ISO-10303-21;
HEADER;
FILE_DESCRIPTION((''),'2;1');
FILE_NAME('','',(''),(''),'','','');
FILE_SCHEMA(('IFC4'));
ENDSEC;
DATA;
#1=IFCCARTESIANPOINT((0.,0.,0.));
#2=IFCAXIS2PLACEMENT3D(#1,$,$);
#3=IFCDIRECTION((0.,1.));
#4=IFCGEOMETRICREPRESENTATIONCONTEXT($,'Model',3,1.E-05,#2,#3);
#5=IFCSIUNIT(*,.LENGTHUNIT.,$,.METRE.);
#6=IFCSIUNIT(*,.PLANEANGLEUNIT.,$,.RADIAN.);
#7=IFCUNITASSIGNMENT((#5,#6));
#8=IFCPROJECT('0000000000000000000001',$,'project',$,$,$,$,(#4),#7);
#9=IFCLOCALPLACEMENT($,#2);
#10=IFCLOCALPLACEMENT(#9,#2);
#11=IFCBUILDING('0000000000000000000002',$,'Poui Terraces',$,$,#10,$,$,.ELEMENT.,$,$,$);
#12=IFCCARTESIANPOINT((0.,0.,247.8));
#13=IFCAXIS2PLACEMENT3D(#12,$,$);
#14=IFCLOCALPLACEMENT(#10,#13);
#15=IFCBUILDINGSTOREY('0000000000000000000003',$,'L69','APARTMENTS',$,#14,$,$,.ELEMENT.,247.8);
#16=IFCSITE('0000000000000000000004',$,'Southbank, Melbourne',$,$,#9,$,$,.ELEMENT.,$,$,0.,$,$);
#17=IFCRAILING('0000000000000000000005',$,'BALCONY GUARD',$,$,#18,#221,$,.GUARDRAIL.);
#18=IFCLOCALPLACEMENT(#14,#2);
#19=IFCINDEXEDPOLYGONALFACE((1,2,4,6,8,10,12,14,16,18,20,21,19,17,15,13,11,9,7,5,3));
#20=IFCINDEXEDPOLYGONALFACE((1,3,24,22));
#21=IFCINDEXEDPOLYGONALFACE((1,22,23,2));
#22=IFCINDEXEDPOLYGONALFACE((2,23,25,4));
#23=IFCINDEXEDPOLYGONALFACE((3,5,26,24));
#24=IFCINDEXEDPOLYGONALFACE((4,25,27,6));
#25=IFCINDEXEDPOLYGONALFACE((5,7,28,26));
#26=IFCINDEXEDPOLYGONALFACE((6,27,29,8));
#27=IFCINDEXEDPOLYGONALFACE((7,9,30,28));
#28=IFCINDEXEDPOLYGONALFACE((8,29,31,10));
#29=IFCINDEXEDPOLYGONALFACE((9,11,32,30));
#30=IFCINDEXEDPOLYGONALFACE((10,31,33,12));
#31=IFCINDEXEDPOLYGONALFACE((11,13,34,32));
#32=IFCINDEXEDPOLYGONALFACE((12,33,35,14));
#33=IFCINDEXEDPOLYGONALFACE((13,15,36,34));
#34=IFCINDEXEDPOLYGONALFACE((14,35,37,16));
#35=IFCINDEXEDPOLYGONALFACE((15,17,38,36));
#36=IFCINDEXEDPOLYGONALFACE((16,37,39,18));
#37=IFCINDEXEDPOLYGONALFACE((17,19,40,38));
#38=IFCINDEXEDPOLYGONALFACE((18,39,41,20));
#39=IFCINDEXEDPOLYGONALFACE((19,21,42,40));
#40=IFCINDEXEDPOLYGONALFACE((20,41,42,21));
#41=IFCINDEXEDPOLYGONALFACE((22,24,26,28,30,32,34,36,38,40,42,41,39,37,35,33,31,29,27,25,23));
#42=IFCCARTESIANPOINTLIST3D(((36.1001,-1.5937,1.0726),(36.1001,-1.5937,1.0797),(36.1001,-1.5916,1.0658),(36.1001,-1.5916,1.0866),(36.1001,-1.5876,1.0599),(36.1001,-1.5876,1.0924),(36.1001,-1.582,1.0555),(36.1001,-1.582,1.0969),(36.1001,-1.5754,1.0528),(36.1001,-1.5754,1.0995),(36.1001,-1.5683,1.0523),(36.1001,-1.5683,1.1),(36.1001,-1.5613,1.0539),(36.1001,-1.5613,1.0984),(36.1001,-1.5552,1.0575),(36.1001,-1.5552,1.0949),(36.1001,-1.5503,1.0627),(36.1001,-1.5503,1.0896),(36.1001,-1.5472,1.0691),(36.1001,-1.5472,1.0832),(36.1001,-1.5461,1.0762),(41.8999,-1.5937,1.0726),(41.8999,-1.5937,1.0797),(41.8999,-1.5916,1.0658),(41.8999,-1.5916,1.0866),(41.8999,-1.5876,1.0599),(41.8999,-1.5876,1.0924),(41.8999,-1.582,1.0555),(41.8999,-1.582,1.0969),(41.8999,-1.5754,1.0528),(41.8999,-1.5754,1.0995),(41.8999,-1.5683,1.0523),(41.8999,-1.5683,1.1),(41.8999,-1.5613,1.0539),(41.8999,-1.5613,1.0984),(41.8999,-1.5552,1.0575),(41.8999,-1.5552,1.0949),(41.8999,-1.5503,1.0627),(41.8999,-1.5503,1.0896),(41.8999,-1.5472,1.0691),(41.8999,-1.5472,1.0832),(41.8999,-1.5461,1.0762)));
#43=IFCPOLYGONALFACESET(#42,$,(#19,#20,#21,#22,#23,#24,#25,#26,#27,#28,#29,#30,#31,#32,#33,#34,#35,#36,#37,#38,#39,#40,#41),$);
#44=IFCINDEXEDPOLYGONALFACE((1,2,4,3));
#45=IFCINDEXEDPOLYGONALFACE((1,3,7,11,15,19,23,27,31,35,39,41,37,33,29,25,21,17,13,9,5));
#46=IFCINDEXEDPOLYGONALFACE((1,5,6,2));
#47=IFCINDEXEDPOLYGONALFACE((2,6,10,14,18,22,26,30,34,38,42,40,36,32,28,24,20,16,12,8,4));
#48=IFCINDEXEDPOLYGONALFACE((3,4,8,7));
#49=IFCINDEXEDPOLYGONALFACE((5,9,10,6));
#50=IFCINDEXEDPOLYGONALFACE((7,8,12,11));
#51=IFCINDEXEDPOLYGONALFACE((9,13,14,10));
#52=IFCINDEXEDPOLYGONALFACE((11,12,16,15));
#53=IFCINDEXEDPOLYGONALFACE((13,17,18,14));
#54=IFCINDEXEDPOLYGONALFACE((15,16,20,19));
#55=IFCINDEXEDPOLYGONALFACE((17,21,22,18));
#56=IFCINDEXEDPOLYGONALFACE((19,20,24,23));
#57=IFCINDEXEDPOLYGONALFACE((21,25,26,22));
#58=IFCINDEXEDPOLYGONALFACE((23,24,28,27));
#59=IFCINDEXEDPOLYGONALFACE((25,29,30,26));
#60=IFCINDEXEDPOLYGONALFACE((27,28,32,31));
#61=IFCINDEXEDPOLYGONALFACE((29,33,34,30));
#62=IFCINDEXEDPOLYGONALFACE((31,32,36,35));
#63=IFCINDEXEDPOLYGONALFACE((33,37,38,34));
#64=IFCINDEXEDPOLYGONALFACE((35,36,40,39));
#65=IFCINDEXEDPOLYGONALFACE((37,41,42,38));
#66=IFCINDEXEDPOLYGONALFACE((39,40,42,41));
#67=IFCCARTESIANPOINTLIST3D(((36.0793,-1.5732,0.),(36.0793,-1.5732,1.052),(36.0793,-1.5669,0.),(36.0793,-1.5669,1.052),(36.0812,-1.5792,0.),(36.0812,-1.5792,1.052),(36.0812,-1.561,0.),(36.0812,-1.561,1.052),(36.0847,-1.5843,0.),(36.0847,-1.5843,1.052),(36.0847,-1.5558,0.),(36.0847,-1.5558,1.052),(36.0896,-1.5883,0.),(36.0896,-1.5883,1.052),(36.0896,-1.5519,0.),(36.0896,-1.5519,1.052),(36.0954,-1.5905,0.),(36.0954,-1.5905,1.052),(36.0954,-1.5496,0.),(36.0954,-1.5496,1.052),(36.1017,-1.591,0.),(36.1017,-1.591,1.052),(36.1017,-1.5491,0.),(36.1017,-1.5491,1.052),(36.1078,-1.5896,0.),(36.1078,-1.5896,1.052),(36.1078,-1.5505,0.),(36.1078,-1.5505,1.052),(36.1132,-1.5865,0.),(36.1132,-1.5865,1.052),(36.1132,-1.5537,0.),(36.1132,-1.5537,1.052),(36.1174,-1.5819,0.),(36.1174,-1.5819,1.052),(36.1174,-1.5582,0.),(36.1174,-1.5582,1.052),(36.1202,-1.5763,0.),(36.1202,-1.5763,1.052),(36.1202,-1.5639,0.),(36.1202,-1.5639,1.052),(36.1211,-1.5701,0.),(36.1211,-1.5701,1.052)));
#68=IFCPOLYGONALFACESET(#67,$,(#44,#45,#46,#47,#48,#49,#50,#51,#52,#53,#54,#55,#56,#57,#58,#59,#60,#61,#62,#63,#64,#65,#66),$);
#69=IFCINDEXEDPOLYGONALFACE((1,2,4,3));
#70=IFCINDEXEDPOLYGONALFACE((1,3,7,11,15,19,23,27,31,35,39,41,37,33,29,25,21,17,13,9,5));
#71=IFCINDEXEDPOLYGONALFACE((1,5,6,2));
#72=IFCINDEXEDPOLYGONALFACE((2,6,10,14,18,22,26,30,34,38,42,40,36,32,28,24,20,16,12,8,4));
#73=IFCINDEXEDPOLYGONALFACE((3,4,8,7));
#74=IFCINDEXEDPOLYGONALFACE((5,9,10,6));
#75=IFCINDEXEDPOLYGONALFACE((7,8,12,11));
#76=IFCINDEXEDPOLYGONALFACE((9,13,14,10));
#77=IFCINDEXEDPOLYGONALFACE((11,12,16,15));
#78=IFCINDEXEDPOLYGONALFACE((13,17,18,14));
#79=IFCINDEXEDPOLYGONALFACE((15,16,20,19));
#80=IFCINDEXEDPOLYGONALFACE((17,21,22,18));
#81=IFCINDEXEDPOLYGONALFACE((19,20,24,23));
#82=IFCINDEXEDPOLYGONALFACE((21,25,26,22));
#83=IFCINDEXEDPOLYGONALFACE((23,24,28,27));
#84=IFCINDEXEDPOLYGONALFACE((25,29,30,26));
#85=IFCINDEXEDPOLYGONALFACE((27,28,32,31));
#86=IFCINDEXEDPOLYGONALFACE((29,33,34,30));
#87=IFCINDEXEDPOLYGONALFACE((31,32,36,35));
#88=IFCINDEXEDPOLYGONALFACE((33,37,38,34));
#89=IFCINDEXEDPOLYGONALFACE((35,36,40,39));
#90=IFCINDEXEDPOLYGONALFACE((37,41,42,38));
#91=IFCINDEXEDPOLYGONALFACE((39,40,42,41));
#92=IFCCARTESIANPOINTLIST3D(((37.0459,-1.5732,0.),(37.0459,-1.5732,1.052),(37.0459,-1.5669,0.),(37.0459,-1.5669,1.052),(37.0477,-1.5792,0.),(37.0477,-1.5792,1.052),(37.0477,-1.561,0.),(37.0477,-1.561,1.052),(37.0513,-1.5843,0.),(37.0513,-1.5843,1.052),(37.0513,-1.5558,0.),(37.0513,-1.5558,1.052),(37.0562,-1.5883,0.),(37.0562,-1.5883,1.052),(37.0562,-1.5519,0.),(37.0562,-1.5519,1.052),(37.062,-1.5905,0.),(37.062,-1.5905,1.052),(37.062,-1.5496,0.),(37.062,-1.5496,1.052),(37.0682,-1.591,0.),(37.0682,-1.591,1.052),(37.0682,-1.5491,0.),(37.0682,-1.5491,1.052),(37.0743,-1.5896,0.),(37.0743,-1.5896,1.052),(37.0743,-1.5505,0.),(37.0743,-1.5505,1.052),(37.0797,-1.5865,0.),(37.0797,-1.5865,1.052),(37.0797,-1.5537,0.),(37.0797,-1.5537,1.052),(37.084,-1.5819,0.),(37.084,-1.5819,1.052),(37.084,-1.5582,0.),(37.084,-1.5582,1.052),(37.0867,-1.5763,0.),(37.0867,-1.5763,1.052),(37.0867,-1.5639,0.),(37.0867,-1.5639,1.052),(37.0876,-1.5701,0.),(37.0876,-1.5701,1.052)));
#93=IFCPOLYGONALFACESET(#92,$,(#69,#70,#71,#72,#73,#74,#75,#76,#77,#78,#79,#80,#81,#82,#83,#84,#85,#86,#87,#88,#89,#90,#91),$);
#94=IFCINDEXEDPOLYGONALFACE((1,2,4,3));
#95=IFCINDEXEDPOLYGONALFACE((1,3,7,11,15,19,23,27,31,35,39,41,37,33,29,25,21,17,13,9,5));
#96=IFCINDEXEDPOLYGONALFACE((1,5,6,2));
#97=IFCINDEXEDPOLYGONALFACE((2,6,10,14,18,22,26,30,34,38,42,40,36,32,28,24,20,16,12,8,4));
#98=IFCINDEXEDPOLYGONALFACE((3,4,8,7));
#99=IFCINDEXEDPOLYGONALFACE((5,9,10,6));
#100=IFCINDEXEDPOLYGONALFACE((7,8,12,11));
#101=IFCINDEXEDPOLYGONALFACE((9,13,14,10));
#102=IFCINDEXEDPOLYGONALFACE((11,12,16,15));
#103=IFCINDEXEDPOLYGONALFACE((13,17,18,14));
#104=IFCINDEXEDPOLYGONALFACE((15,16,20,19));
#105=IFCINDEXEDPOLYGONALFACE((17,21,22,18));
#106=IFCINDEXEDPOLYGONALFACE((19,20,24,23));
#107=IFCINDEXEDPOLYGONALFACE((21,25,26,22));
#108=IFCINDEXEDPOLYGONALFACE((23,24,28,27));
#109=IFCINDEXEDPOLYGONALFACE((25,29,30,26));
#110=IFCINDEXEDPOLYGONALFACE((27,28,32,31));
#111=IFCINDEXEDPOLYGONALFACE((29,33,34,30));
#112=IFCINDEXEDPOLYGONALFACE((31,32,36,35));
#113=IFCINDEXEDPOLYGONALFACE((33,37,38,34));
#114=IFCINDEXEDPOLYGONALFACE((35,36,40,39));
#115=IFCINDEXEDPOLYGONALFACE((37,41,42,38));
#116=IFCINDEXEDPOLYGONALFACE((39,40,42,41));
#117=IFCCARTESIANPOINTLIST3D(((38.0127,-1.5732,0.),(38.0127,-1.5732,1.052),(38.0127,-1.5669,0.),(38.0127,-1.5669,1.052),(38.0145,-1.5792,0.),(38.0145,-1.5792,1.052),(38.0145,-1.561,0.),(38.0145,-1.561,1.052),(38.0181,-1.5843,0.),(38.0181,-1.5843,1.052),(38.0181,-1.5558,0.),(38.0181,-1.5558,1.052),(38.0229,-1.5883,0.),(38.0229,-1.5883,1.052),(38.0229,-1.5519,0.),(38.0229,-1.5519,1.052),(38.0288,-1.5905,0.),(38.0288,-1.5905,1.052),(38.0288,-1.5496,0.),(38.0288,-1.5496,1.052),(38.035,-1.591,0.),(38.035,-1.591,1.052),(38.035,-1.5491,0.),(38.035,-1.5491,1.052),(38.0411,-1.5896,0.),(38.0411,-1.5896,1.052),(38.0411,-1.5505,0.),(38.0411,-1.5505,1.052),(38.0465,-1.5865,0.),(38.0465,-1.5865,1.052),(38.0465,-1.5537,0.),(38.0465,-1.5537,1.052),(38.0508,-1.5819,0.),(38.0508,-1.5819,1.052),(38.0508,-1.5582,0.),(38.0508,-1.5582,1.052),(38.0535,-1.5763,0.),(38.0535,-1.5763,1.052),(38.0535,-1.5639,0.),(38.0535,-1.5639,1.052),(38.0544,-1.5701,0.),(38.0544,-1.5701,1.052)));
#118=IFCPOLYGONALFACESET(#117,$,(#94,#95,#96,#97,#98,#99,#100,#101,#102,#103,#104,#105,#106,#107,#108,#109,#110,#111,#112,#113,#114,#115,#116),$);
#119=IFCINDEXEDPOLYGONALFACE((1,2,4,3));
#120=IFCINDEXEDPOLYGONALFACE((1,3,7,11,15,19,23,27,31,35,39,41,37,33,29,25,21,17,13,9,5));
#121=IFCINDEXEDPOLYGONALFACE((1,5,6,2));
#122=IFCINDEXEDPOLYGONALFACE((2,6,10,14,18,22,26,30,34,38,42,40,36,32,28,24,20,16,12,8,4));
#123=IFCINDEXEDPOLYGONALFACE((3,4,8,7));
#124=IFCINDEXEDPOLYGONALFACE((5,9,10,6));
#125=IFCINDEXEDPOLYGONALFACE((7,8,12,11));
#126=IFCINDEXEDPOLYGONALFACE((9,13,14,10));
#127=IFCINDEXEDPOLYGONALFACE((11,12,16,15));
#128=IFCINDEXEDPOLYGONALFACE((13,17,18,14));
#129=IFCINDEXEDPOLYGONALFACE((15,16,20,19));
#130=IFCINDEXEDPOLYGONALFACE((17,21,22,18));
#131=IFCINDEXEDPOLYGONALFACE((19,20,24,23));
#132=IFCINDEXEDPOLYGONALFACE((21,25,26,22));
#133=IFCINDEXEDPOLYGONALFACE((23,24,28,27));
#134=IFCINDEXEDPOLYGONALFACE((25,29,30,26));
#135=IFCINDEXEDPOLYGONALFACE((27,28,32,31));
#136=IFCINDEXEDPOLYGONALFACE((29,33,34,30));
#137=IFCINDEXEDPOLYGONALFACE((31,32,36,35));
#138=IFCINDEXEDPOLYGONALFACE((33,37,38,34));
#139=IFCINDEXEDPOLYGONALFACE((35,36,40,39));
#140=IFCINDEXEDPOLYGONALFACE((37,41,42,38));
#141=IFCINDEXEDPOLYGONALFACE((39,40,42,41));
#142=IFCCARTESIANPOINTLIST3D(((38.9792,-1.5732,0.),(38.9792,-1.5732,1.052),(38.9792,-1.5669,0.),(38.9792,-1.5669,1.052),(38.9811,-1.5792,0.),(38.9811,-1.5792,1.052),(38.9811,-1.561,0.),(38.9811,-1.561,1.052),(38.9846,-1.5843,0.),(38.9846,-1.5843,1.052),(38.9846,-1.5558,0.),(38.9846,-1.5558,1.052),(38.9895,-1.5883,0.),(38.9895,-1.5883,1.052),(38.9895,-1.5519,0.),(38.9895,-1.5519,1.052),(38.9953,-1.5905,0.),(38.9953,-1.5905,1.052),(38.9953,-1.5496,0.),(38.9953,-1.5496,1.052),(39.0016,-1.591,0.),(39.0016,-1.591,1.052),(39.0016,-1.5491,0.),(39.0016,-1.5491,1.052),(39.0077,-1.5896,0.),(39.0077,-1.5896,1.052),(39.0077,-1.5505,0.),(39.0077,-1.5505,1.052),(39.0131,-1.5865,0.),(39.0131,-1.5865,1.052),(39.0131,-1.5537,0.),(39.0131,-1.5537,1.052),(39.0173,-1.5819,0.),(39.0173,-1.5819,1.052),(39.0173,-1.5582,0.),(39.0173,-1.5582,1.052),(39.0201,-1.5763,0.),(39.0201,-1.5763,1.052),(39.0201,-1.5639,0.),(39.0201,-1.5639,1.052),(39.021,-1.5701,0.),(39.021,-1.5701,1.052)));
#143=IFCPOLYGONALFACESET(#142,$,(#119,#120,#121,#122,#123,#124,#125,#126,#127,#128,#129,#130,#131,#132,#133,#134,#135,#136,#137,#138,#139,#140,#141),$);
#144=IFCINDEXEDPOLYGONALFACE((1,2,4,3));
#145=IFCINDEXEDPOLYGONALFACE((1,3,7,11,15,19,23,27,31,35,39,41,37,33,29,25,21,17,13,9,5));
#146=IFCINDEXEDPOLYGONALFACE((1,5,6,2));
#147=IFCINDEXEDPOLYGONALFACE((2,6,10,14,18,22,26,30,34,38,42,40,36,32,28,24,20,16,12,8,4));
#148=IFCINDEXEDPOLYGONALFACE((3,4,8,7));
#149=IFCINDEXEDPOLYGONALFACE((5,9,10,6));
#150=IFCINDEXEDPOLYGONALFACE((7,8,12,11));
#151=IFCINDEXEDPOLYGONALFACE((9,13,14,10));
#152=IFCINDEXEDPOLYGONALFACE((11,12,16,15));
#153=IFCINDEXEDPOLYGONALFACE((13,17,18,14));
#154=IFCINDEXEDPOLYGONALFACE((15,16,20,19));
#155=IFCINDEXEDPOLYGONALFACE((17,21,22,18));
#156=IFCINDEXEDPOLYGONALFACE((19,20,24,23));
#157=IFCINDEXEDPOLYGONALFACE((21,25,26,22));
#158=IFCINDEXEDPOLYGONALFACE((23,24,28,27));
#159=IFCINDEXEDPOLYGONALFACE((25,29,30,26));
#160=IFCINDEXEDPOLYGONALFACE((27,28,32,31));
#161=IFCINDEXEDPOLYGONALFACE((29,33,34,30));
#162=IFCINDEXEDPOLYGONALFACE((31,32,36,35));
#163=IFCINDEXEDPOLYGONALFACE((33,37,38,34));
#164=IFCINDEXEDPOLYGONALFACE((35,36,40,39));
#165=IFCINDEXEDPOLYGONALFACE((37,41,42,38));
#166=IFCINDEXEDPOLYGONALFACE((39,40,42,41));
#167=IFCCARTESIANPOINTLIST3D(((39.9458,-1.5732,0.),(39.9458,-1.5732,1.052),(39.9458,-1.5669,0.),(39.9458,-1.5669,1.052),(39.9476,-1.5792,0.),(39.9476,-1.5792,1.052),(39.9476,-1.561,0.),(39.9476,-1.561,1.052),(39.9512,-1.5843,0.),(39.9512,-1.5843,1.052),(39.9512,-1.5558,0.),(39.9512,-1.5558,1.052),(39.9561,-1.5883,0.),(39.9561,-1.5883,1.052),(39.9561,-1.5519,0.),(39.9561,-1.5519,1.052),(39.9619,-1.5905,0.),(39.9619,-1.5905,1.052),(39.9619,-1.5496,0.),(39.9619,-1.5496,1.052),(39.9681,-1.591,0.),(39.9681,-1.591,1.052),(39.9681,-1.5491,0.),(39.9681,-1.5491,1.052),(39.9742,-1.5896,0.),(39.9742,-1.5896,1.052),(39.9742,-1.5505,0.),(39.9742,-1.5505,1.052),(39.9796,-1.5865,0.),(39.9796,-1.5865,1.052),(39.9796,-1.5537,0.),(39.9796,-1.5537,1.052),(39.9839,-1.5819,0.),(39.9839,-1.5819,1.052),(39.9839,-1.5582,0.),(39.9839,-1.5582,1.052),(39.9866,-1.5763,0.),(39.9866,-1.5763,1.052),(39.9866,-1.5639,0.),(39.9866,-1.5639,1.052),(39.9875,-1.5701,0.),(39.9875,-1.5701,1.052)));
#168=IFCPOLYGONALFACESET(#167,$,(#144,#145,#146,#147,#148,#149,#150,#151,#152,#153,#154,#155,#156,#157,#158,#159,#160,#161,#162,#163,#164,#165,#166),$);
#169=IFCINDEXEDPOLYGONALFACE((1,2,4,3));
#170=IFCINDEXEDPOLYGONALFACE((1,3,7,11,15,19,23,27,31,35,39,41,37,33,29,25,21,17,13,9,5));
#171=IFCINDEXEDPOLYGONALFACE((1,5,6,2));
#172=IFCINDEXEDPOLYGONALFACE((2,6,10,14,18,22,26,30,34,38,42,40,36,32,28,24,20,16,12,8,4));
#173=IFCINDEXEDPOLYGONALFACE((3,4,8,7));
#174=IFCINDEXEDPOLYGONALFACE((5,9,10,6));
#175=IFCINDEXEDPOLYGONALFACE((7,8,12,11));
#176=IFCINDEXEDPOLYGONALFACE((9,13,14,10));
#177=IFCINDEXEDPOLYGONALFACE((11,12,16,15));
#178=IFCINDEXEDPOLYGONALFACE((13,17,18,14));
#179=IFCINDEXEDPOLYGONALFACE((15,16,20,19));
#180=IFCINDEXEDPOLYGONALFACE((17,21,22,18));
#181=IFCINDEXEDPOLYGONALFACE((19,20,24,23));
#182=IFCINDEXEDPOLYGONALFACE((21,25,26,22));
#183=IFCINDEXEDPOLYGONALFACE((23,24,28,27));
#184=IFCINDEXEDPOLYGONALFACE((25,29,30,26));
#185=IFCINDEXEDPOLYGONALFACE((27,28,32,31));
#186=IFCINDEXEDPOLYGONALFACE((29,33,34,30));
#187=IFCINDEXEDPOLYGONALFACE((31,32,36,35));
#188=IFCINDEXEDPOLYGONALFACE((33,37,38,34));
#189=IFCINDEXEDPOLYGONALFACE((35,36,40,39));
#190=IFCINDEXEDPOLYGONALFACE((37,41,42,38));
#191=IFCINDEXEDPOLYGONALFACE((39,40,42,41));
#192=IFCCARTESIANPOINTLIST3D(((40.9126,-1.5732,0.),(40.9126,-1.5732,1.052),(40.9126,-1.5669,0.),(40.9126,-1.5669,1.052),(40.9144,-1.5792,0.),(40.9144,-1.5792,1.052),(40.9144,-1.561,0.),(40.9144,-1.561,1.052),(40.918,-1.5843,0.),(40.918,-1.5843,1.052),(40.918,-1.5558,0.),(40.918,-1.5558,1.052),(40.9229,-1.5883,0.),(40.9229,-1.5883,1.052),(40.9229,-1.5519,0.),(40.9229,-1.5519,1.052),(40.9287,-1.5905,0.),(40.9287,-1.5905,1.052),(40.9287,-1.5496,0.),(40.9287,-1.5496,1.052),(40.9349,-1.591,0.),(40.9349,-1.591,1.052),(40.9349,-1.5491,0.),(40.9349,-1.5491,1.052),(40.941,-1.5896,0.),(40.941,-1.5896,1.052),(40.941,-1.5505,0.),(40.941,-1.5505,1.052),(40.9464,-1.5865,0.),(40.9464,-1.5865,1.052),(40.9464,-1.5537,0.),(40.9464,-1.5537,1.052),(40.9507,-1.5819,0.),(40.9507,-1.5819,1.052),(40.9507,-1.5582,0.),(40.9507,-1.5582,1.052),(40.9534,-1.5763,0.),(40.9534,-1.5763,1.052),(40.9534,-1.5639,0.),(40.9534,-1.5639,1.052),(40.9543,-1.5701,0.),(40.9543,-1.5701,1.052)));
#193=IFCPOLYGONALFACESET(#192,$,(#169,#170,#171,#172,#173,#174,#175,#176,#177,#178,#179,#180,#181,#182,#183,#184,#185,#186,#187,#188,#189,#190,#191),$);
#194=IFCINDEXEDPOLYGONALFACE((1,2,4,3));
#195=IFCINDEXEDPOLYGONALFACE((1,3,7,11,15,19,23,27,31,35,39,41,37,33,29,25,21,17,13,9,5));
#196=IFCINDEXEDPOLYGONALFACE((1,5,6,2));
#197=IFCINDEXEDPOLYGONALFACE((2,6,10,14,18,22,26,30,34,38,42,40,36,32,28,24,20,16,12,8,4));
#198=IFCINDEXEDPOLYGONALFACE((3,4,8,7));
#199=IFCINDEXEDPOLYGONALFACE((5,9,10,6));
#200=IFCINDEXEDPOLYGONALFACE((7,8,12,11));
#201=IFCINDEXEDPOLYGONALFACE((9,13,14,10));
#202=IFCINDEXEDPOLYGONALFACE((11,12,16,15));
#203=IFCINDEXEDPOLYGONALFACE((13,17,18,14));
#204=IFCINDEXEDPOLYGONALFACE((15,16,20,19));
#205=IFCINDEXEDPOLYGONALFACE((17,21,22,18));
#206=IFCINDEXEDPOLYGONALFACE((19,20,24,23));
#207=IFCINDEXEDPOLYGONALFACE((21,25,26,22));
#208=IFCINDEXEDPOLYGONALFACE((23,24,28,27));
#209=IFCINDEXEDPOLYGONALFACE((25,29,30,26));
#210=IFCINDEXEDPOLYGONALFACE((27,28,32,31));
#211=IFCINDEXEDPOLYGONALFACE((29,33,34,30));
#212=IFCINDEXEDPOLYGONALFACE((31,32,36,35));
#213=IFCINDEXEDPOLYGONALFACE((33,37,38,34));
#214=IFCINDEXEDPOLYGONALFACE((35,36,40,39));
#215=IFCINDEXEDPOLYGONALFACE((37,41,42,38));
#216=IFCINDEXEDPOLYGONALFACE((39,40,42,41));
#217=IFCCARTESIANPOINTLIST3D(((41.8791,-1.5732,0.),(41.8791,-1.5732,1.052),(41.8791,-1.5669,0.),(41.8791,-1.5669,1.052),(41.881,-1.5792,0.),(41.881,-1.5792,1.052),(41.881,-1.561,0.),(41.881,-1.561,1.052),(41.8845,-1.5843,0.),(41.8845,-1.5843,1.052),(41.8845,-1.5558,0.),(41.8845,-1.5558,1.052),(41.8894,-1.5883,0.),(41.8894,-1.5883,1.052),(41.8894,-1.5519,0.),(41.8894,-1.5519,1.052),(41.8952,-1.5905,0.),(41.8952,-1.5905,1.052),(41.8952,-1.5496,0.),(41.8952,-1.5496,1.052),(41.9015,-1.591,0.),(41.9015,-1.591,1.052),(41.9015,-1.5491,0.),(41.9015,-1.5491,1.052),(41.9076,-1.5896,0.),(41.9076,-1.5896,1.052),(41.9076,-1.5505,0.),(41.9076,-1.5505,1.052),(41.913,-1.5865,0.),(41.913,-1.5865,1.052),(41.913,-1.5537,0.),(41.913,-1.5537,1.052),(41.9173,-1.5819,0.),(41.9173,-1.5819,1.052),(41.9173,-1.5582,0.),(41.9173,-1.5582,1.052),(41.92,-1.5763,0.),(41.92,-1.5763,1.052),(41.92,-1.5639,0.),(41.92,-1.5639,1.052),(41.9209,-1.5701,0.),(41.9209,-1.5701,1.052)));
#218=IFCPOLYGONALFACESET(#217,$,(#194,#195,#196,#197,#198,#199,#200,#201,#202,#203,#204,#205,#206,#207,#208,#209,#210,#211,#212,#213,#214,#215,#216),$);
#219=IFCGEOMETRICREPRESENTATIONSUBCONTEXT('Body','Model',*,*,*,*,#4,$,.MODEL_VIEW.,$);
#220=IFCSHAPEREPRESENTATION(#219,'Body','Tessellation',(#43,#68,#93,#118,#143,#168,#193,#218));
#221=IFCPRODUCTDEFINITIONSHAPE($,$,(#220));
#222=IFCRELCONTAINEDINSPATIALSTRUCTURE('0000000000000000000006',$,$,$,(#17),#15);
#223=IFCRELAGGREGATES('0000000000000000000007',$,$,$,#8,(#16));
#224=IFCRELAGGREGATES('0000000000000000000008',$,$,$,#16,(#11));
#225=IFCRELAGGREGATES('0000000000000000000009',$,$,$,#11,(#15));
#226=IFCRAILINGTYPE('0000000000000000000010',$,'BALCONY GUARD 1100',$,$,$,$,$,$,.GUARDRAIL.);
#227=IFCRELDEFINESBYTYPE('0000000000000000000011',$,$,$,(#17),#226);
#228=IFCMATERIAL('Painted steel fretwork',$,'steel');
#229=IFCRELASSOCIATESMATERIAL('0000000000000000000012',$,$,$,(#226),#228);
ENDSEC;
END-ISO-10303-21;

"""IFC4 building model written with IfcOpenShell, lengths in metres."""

from ifc_helpers import new_model, si_unit, direction, frame, origin, origin_2d, place, context, subcontext, project, spatial, circle, extrude, material, type_object, element, save


model = new_model("IFC4")

# Units and contexts
model_context = context("Model", 3, precision=1e-05, world=origin(), true_north=direction((0.0, 1.0)))
body_context = subcontext(model_context, "Body", "Model", "MODEL_VIEW")
ifc_project = project(units=[si_unit("LENGTHUNIT", "METRE"), si_unit("PLANEANGLEUNIT", "RADIAN")], contexts=[model_context])

# Site, building, storey
site_placement = place(None, origin())
site = spatial("IfcSite", under=ifc_project, at=site_placement, Name="Southbank, Melbourne", CompositionType="ELEMENT", RefElevation=0.0)
building_placement = place(site_placement, origin())
building = spatial("IfcBuilding", under=site, at=building_placement, Name="Poui Terraces", CompositionType="ELEMENT")
storey_placement = place(building_placement, frame((0.0, 0.0, 247.8)))
storey = spatial("IfcBuildingStorey", under=building, at=storey_placement, Name="L69", Description="APARTMENTS", CompositionType="ELEMENT", Elevation=247.8)

# Railing
ifc_material_1 = material(Name="Painted steel fretwork", Category="steel")
railing_type = type_object("IfcRailingType", Name="BALCONY GUARD 1100", PredefinedType="GUARDRAIL", material=ifc_material_1)
railing_placement = place(storey_placement, frame((36.1001, -1.5701, 0.0)))
element("IfcRailing", 1, at=railing_placement, inside=storey, type_object=railing_type, Name="BALCONY GUARD", PredefinedType="GUARDRAIL", context=body_context, shape_type="SweptSolid", body=[
    extrude(circle(Radius=0.0239, at=origin_2d()), frame((0.0, 0.0, 1.0762), z_axis=(1.0, 0.0, 0.0), x_axis=(0.0, 1.0, 0.0)), (0.0, 0.0, 1.0), 5.7998),
    extrude(circle(Radius=0.021, at=origin_2d()), origin(), (0.0, 0.0, 1.0), 1.052),
    extrude(circle(Radius=0.021, at=origin_2d()), frame((0.9666, 0.0, 0.0)), (0.0, 0.0, 1.0), 1.052),
    extrude(circle(Radius=0.021, at=origin_2d()), frame((1.9333, 0.0, 0.0)), (0.0, 0.0, 1.0), 1.052),
    extrude(circle(Radius=0.021, at=origin_2d()), frame((2.8999, 0.0, 0.0)), (0.0, 0.0, 1.0), 1.052),
    extrude(circle(Radius=0.021, at=origin_2d()), frame((3.8665, 0.0, 0.0)), (0.0, 0.0, 1.0), 1.052),
    extrude(circle(Radius=0.021, at=origin_2d()), frame((4.8333, 0.0, 0.0)), (0.0, 0.0, 1.0), 1.052),
    extrude(circle(Radius=0.021, at=origin_2d()), frame((5.7998, 0.0, 0.0)), (0.0, 0.0, 1.0), 1.052),
])

save(model, "model.ifc")
